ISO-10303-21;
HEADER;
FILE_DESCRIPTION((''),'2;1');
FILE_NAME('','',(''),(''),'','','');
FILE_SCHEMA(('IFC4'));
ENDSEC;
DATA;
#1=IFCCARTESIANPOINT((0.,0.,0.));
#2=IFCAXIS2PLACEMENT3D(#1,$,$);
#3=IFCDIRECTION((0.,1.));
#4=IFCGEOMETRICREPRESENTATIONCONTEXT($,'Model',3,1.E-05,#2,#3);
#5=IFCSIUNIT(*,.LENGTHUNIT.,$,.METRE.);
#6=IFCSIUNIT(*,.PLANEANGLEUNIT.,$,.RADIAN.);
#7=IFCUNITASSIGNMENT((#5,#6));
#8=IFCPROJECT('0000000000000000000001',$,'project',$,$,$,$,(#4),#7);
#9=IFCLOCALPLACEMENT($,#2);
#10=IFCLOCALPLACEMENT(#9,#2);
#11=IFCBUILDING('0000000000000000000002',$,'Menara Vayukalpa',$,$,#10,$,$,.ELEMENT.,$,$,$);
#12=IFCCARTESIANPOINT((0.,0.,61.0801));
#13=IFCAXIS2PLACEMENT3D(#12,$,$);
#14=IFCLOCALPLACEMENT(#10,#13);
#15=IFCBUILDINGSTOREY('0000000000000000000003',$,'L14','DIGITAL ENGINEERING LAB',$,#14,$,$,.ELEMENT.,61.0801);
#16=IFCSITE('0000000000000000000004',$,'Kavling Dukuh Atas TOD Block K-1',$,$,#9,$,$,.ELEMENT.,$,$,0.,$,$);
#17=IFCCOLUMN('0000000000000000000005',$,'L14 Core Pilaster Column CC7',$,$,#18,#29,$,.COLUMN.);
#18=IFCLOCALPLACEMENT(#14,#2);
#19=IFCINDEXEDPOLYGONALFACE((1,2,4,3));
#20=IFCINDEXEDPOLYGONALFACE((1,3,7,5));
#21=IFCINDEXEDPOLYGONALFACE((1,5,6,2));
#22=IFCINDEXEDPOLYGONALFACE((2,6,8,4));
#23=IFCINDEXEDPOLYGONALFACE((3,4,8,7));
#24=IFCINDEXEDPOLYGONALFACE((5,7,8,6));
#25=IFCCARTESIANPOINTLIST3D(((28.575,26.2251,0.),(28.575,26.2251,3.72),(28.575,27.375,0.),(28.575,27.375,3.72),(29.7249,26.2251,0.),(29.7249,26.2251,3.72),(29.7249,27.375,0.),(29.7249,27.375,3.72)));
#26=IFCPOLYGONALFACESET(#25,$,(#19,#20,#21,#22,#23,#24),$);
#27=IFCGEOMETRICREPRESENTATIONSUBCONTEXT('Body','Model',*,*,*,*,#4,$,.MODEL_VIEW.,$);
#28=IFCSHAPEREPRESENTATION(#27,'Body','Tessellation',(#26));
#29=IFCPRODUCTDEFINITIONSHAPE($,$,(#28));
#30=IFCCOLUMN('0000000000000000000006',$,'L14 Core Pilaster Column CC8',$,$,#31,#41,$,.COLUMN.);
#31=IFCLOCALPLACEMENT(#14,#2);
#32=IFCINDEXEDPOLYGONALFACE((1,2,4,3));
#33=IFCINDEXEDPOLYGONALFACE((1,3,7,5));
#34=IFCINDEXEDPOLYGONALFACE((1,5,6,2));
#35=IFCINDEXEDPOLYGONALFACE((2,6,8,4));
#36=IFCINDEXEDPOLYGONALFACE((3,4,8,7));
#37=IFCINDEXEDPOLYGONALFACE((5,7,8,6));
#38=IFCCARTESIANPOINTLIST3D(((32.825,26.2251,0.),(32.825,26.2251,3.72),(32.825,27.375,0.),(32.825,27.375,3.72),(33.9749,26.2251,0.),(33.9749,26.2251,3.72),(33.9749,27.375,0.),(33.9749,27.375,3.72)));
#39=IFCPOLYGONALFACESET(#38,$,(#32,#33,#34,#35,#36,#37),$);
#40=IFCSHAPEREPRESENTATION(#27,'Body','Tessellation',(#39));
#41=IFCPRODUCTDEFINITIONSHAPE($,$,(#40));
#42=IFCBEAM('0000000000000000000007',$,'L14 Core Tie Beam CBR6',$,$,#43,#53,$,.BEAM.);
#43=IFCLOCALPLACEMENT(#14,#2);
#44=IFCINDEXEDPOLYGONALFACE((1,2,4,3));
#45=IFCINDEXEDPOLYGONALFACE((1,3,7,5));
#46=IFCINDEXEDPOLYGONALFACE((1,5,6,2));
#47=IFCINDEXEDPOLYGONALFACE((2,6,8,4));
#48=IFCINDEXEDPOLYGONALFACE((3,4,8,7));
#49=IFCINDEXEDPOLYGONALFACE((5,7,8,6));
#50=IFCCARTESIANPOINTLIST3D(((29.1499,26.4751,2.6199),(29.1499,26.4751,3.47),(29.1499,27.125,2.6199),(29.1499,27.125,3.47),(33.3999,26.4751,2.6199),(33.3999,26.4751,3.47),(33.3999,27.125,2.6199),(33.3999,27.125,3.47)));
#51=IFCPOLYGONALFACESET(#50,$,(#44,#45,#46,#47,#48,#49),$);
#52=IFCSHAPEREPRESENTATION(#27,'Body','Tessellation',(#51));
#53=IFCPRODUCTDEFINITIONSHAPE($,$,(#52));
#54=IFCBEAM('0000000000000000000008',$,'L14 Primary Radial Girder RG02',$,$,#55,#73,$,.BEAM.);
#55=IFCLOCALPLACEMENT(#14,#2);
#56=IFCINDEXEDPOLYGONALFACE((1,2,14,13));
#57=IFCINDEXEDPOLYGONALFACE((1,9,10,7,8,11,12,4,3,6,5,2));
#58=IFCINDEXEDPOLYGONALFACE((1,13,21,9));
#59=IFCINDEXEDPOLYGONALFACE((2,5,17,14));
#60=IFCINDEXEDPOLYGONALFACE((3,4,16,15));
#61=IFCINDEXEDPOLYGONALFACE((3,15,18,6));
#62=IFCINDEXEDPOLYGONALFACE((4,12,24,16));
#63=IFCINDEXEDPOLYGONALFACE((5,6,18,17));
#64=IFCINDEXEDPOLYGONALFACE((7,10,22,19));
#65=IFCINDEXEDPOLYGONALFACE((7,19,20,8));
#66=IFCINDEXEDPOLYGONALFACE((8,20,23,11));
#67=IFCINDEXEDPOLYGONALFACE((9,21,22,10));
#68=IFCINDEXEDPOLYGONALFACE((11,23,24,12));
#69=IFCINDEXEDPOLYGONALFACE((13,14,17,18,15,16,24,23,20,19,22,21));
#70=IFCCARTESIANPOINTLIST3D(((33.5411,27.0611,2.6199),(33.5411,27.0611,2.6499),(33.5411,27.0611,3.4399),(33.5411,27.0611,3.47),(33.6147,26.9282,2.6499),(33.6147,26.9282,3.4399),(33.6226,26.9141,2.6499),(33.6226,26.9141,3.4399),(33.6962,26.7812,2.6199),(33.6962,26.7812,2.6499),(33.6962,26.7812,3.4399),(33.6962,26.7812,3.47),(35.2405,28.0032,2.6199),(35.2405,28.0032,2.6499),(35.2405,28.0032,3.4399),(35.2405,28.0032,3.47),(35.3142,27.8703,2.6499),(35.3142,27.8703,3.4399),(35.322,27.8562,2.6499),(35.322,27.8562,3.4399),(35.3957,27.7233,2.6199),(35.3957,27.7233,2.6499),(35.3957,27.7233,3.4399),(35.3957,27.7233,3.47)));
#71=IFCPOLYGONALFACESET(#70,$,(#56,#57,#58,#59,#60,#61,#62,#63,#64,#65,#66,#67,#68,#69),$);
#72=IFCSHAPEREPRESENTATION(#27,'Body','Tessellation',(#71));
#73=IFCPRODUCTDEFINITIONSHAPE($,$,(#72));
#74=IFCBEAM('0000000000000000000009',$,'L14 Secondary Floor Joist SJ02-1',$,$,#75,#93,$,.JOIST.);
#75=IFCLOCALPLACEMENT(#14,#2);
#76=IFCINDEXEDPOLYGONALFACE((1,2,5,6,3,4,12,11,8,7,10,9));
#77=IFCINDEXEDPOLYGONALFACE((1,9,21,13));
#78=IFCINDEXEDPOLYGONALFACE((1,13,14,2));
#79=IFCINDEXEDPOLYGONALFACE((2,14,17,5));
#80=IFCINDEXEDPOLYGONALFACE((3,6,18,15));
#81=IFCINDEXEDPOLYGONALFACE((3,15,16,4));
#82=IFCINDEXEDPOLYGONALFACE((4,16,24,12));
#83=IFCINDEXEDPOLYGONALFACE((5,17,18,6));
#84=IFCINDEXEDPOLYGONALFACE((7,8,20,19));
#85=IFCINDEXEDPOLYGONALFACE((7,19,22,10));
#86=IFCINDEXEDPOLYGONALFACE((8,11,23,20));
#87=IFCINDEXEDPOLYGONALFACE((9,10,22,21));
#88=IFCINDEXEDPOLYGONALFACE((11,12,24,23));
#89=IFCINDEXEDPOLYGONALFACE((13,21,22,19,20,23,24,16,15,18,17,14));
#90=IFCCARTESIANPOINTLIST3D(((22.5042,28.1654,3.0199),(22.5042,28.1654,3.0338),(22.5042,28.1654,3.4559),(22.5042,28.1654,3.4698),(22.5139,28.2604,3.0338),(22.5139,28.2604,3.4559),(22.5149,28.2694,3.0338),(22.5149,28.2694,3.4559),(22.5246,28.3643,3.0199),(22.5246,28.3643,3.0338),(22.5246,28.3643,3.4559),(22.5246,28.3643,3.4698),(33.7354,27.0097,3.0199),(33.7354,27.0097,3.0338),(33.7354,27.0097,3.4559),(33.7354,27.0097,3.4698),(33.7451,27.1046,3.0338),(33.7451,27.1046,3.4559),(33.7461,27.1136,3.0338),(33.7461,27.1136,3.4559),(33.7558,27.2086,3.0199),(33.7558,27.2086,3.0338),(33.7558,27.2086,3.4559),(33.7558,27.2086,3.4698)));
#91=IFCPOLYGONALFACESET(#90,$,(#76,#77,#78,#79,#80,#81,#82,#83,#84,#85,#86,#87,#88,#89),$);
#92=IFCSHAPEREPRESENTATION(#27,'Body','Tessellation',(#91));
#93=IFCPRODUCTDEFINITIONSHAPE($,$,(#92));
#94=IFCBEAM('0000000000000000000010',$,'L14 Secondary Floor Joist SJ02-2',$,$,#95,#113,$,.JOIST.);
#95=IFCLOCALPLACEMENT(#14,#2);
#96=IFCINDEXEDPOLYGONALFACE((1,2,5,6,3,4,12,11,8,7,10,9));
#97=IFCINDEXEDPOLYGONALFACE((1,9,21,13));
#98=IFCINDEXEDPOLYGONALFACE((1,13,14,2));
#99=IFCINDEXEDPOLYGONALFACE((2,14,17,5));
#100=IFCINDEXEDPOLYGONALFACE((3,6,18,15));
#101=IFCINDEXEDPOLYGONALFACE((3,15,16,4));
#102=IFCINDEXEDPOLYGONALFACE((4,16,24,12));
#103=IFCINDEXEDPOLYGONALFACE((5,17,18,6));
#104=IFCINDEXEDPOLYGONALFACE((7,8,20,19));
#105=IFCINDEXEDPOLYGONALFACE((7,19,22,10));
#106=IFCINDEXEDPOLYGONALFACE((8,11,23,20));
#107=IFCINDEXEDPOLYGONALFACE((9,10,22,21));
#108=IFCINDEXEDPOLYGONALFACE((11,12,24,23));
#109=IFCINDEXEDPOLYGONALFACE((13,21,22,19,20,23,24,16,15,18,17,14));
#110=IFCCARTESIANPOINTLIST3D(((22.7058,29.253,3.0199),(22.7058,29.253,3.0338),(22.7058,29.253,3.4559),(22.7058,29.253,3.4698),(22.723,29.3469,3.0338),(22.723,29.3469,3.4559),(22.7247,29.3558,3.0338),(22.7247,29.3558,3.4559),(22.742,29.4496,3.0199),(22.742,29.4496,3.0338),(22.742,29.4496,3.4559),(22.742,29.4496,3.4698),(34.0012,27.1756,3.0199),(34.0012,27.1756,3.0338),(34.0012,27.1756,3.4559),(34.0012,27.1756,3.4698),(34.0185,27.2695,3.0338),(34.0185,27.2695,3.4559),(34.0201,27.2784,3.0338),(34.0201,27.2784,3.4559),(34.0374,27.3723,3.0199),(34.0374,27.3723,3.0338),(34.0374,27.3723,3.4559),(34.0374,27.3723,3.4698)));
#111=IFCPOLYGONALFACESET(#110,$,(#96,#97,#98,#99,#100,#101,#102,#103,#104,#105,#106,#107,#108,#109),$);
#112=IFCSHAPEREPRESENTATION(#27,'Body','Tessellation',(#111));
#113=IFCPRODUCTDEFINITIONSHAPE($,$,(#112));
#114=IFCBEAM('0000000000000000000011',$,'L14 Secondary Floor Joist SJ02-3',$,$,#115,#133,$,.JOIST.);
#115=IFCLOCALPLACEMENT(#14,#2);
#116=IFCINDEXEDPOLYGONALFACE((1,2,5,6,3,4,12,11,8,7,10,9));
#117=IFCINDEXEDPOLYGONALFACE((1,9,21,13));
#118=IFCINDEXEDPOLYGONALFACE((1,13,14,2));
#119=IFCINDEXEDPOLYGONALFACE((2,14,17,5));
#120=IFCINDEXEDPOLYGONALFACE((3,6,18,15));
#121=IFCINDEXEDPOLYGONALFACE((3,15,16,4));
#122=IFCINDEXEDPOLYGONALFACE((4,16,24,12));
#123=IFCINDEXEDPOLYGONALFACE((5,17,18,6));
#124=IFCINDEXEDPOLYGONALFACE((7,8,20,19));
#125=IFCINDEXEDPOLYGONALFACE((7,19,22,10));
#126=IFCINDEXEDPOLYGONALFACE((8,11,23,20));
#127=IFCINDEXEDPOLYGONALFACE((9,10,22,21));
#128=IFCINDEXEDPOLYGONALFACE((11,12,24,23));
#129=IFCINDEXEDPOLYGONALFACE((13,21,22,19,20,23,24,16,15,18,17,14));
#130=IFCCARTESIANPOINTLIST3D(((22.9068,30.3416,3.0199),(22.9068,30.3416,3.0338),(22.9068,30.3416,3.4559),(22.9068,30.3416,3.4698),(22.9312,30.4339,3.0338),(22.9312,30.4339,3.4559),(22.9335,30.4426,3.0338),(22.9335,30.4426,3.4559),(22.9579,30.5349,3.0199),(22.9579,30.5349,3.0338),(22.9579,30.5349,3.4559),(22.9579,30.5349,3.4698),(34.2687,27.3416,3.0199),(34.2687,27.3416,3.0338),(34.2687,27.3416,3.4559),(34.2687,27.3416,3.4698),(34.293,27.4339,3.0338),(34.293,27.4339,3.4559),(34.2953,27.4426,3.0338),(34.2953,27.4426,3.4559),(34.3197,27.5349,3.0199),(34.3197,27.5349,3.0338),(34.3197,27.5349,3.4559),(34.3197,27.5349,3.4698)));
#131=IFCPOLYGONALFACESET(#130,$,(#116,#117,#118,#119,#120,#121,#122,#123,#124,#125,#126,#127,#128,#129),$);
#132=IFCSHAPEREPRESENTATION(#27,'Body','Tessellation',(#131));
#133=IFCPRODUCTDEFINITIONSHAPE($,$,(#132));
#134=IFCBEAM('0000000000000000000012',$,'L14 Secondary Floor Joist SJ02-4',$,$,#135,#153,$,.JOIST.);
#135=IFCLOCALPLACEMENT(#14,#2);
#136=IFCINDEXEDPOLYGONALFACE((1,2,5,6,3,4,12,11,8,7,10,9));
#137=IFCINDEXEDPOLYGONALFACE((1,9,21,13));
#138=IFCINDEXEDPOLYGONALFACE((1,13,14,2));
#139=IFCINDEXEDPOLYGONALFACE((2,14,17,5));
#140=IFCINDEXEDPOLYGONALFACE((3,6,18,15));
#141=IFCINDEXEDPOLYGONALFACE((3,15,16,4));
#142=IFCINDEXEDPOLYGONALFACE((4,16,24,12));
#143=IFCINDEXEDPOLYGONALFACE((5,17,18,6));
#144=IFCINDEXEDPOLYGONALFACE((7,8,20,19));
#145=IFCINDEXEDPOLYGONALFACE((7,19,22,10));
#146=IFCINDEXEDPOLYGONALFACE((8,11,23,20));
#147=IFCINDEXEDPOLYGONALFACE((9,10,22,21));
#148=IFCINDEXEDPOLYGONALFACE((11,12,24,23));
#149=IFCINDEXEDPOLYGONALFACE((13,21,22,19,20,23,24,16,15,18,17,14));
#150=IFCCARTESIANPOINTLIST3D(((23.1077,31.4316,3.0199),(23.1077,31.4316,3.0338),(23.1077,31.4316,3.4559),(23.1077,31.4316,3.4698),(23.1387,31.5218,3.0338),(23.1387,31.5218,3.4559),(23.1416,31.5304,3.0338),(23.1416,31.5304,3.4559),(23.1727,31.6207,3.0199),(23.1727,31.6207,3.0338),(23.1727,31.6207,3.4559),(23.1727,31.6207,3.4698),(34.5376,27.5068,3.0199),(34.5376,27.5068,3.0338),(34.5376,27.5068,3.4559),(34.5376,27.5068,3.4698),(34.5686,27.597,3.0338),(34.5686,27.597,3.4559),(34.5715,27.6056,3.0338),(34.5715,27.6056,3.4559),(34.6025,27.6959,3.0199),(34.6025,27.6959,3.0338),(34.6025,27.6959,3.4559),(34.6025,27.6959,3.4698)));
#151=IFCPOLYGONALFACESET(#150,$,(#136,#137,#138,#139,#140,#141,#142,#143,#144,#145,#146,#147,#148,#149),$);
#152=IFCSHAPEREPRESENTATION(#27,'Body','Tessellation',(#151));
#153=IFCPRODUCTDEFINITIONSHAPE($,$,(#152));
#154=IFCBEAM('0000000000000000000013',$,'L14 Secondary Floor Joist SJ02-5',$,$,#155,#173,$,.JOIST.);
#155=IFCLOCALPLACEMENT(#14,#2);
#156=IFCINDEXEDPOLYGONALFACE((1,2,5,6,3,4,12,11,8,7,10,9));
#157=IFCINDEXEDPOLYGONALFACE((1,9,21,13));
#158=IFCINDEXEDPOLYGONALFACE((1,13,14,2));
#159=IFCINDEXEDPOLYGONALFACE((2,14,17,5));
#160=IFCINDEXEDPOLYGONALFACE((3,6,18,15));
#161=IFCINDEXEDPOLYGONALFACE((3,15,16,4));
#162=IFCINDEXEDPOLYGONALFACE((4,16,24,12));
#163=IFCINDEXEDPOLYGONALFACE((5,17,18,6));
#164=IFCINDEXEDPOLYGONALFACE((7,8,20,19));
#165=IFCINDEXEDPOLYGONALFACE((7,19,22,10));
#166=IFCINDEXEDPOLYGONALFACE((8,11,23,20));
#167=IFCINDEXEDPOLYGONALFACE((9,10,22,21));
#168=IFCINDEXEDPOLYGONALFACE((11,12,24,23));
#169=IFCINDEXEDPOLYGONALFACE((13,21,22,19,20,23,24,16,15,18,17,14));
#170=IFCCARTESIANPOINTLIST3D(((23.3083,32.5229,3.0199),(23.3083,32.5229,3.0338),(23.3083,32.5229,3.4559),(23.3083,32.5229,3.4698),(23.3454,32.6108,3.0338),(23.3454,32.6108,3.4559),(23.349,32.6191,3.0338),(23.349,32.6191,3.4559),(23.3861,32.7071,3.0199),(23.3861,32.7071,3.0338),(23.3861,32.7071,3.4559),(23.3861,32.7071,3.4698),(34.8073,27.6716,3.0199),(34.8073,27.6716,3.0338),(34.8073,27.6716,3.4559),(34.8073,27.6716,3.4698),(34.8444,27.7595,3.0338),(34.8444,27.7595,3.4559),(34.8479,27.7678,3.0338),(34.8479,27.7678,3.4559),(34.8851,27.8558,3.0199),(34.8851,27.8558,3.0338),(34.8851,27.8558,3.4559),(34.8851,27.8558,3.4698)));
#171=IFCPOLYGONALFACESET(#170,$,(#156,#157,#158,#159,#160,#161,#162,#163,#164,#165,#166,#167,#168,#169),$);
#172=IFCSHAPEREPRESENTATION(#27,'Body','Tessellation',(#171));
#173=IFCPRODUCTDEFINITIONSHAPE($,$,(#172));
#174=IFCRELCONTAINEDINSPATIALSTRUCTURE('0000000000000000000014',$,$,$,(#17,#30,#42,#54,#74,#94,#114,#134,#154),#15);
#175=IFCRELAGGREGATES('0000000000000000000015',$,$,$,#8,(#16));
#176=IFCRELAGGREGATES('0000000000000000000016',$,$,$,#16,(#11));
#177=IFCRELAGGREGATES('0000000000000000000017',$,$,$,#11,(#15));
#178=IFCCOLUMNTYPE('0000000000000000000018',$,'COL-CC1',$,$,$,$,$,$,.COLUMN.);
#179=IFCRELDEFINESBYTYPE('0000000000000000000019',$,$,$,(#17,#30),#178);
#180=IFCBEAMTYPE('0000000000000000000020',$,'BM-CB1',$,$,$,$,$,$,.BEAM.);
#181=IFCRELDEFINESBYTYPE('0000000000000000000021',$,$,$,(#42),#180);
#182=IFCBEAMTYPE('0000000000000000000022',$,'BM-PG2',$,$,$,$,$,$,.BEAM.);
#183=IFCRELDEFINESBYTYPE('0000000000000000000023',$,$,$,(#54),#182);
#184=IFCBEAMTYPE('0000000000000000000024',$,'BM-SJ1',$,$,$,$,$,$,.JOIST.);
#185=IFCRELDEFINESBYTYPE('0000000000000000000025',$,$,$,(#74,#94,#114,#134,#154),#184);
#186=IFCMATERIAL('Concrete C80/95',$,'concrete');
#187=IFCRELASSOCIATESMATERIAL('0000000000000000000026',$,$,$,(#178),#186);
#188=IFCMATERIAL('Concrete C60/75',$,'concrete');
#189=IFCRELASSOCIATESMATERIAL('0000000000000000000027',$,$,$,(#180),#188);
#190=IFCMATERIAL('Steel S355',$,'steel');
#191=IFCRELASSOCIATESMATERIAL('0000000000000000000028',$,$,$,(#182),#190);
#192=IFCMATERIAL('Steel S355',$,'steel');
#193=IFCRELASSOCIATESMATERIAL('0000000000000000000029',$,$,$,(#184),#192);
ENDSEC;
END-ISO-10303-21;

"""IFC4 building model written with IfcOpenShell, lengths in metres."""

from ifc_helpers import new_model, si_unit, direction, frame, origin, origin_2d, place, context, subcontext, project, spatial, rectangle, i_section, extrude, material, material_profile, profile_set, type_object, element, save


model = new_model("IFC4")

# Units and contexts
model_context = context("Model", 3, precision=1e-05, world=origin(), true_north=direction((0.0, 1.0)))
body_context = subcontext(model_context, "Body", "Model", "MODEL_VIEW")
ifc_project = project(units=[si_unit("LENGTHUNIT", "METRE"), si_unit("PLANEANGLEUNIT", "RADIAN")], contexts=[model_context])

# Site, building, storey
site_placement = place(None, origin())
site = spatial("IfcSite", under=ifc_project, at=site_placement, Name="Kavling Dukuh Atas TOD Block K-1", CompositionType="ELEMENT", RefElevation=0.0)
building_placement = place(site_placement, origin())
building = spatial("IfcBuilding", under=site, at=building_placement, Name="Menara Vayukalpa", CompositionType="ELEMENT")
storey_placement = place(building_placement, frame((0.0, 0.0, 61.0801)))
storey = spatial("IfcBuildingStorey", under=building, at=storey_placement, Name="L14", Description="DIGITAL ENGINEERING LAB", CompositionType="ELEMENT", Elevation=61.0801)

# Columns
ifc_material_1 = material(Name="Concrete C80/95", Category="concrete")
ifc_material_profile_1 = material_profile(ifc_material_1, rectangle(XDim=1.1499, YDim=1.1499, at=origin_2d()), Name="RC 1150x1150")
ifc_profile_set_1 = profile_set([ifc_material_profile_1], Name="Concrete C80/95")
column_type = type_object("IfcColumnType", Name="COL-CC1", PredefinedType="COLUMN", material=ifc_profile_set_1)
for number, where, z_axis, x_axis, name in (
    (1, (29.1499, 26.8, 0.0), (0.0, 0.0, 1.0), (1.0, 0.0, 0.0), "L14 Core Pilaster Column CC7"),
    (2, (33.3999, 26.8, 0.0), (0.0, 0.0, 1.0), (1.0, 0.0, 0.0), "L14 Core Pilaster Column CC8"),
):
    element("IfcColumn", number, at=place(storey_placement, frame(where, z_axis=z_axis, x_axis=x_axis)), inside=storey, type_object=column_type, Name=name, PredefinedType="COLUMN", context=body_context, shape_type="SweptSolid", body=[
        extrude(rectangle(XDim=1.1499, YDim=1.1499, at=origin_2d()), origin(), (0.0, 0.0, 1.0), 3.72),
    ])

# Beams
ifc_material_2 = material(Name="Concrete C60/75", Category="concrete")
ifc_material_profile_2 = material_profile(ifc_material_2, rectangle(XDim=0.6499, YDim=0.8501, at=origin_2d()), Name="RC 650x850")
ifc_profile_set_2 = profile_set([ifc_material_profile_2], Name="Concrete C60/75")
beam_type_1 = type_object("IfcBeamType", Name="BM-CB1", PredefinedType="BEAM", material=ifc_profile_set_2)
beam_1_placement = place(storey_placement, frame((29.1499, 26.8, 3.0449), z_axis=(1.0, 0.0, 0.0), x_axis=(0.0, 1.0, 0.0)))
element("IfcBeam", 3, at=beam_1_placement, inside=storey, type_object=beam_type_1, Name="L14 Core Tie Beam CBR6", PredefinedType="BEAM", context=body_context, shape_type="SweptSolid", body=[
    extrude(rectangle(XDim=0.6499, YDim=0.8501, at=origin_2d()), origin(), (0.0, 0.0, 1.0), 4.25),
])
ifc_material_3 = material(Name="Steel S355", Category="steel")
ifc_material_profile_3 = material_profile(ifc_material_3, i_section(OverallWidth=0.3201, OverallDepth=0.8501, WebThickness=0.0161, FlangeThickness=0.03, at=origin_2d()), Name="WF 850x320x16x30")
ifc_profile_set_3 = profile_set([ifc_material_profile_3], Name="Steel S355")
beam_type_2 = type_object("IfcBeamType", Name="BM-PG2", PredefinedType="BEAM", material=ifc_profile_set_3)
beam_2_placement = place(storey_placement, frame((33.6187, 26.9211, 3.0449), z_axis=(0.874595, 0.484853, 0.0), x_axis=(-0.484853, 0.874595, 0.0)))
element("IfcBeam", 4, at=beam_2_placement, inside=storey, type_object=beam_type_2, Name="L14 Primary Radial Girder RG02", PredefinedType="BEAM", context=body_context, shape_type="SweptSolid", body=[
    extrude(i_section(OverallWidth=0.3201, OverallDepth=0.8501, WebThickness=0.0161, FlangeThickness=0.03, at=origin_2d()), origin(), (0.0, 0.0, 1.0), 1.9431),
])
ifc_material_4 = material(Name="Steel S355", Category="steel")
ifc_material_profile_4 = material_profile(ifc_material_4, i_section(OverallWidth=0.2, OverallDepth=0.45, WebThickness=0.009, FlangeThickness=0.0139, at=origin_2d()), Name="WF 450x200x9x14")
ifc_profile_set_4 = profile_set([ifc_material_profile_4], Name="Steel S355")
beam_type_3 = type_object("IfcBeamType", Name="BM-SJ1", PredefinedType="JOIST", material=ifc_profile_set_4)
beam_3_placement = place(storey_placement, frame((33.7456, 27.1091, 3.2449), z_axis=(-0.994747, 0.102366, 0.0), x_axis=(-0.102366, -0.994747, 0.0)))
element("IfcBeam", 5, at=beam_3_placement, inside=storey, type_object=beam_type_3, Name="L14 Secondary Floor Joist SJ02-1", PredefinedType="JOIST", context=body_context, shape_type="SweptSolid", body=[
    extrude(i_section(OverallWidth=0.2, OverallDepth=0.45, WebThickness=0.009, FlangeThickness=0.0139, at=origin_2d()), origin(), (0.0, 0.0, 1.0), 11.2905),
])
beam_4_placement = place(storey_placement, frame((34.0193, 27.2739, 3.2449), z_axis=(-0.983505, 0.180881, 0.0), x_axis=(-0.180881, -0.983505, 0.0)))
element("IfcBeam", 6, at=beam_4_placement, inside=storey, type_object=beam_type_3, Name="L14 Secondary Floor Joist SJ02-2", PredefinedType="JOIST", context=body_context, shape_type="SweptSolid", body=[
    extrude(i_section(OverallWidth=0.2, OverallDepth=0.45, WebThickness=0.009, FlangeThickness=0.0139, at=origin_2d()), origin(), (0.0, 0.0, 1.0), 11.4849),
])
beam_5_placement = place(storey_placement, frame((34.2942, 27.4382, 3.2449), z_axis=(-0.966864, 0.255293, 0.0), x_axis=(-0.255293, -0.966864, 0.0)))
element("IfcBeam", 7, at=beam_5_placement, inside=storey, type_object=beam_type_3, Name="L14 Secondary Floor Joist SJ02-3", PredefinedType="JOIST", context=body_context, shape_type="SweptSolid", body=[
    extrude(i_section(OverallWidth=0.2, OverallDepth=0.45, WebThickness=0.009, FlangeThickness=0.0139, at=origin_2d()), origin(), (0.0, 0.0, 1.0), 11.7512),
])
beam_6_placement = place(storey_placement, frame((34.5701, 27.6013, 3.2449), z_axis=(-0.945794, 0.324766, 0.0), x_axis=(-0.324766, -0.945794, 0.0)))
element("IfcBeam", 8, at=beam_6_placement, inside=storey, type_object=beam_type_3, Name="L14 Secondary Floor Joist SJ02-4", PredefinedType="JOIST", context=body_context, shape_type="SweptSolid", body=[
    extrude(i_section(OverallWidth=0.2, OverallDepth=0.45, WebThickness=0.009, FlangeThickness=0.0139, at=origin_2d()), origin(), (0.0, 0.0, 1.0), 12.085),
])
beam_7_placement = place(storey_placement, frame((34.8462, 27.7637, 3.2449), z_axis=(-0.921359, 0.388712, 0.0), x_axis=(-0.388712, -0.921359, 0.0)))
element("IfcBeam", 9, at=beam_7_placement, inside=storey, type_object=beam_type_3, Name="L14 Secondary Floor Joist SJ02-5", PredefinedType="JOIST", context=body_context, shape_type="SweptSolid", body=[
    extrude(i_section(OverallWidth=0.2, OverallDepth=0.45, WebThickness=0.009, FlangeThickness=0.0139, at=origin_2d()), origin(), (0.0, 0.0, 1.0), 12.4805),
])

save(model, "model.ifc")
